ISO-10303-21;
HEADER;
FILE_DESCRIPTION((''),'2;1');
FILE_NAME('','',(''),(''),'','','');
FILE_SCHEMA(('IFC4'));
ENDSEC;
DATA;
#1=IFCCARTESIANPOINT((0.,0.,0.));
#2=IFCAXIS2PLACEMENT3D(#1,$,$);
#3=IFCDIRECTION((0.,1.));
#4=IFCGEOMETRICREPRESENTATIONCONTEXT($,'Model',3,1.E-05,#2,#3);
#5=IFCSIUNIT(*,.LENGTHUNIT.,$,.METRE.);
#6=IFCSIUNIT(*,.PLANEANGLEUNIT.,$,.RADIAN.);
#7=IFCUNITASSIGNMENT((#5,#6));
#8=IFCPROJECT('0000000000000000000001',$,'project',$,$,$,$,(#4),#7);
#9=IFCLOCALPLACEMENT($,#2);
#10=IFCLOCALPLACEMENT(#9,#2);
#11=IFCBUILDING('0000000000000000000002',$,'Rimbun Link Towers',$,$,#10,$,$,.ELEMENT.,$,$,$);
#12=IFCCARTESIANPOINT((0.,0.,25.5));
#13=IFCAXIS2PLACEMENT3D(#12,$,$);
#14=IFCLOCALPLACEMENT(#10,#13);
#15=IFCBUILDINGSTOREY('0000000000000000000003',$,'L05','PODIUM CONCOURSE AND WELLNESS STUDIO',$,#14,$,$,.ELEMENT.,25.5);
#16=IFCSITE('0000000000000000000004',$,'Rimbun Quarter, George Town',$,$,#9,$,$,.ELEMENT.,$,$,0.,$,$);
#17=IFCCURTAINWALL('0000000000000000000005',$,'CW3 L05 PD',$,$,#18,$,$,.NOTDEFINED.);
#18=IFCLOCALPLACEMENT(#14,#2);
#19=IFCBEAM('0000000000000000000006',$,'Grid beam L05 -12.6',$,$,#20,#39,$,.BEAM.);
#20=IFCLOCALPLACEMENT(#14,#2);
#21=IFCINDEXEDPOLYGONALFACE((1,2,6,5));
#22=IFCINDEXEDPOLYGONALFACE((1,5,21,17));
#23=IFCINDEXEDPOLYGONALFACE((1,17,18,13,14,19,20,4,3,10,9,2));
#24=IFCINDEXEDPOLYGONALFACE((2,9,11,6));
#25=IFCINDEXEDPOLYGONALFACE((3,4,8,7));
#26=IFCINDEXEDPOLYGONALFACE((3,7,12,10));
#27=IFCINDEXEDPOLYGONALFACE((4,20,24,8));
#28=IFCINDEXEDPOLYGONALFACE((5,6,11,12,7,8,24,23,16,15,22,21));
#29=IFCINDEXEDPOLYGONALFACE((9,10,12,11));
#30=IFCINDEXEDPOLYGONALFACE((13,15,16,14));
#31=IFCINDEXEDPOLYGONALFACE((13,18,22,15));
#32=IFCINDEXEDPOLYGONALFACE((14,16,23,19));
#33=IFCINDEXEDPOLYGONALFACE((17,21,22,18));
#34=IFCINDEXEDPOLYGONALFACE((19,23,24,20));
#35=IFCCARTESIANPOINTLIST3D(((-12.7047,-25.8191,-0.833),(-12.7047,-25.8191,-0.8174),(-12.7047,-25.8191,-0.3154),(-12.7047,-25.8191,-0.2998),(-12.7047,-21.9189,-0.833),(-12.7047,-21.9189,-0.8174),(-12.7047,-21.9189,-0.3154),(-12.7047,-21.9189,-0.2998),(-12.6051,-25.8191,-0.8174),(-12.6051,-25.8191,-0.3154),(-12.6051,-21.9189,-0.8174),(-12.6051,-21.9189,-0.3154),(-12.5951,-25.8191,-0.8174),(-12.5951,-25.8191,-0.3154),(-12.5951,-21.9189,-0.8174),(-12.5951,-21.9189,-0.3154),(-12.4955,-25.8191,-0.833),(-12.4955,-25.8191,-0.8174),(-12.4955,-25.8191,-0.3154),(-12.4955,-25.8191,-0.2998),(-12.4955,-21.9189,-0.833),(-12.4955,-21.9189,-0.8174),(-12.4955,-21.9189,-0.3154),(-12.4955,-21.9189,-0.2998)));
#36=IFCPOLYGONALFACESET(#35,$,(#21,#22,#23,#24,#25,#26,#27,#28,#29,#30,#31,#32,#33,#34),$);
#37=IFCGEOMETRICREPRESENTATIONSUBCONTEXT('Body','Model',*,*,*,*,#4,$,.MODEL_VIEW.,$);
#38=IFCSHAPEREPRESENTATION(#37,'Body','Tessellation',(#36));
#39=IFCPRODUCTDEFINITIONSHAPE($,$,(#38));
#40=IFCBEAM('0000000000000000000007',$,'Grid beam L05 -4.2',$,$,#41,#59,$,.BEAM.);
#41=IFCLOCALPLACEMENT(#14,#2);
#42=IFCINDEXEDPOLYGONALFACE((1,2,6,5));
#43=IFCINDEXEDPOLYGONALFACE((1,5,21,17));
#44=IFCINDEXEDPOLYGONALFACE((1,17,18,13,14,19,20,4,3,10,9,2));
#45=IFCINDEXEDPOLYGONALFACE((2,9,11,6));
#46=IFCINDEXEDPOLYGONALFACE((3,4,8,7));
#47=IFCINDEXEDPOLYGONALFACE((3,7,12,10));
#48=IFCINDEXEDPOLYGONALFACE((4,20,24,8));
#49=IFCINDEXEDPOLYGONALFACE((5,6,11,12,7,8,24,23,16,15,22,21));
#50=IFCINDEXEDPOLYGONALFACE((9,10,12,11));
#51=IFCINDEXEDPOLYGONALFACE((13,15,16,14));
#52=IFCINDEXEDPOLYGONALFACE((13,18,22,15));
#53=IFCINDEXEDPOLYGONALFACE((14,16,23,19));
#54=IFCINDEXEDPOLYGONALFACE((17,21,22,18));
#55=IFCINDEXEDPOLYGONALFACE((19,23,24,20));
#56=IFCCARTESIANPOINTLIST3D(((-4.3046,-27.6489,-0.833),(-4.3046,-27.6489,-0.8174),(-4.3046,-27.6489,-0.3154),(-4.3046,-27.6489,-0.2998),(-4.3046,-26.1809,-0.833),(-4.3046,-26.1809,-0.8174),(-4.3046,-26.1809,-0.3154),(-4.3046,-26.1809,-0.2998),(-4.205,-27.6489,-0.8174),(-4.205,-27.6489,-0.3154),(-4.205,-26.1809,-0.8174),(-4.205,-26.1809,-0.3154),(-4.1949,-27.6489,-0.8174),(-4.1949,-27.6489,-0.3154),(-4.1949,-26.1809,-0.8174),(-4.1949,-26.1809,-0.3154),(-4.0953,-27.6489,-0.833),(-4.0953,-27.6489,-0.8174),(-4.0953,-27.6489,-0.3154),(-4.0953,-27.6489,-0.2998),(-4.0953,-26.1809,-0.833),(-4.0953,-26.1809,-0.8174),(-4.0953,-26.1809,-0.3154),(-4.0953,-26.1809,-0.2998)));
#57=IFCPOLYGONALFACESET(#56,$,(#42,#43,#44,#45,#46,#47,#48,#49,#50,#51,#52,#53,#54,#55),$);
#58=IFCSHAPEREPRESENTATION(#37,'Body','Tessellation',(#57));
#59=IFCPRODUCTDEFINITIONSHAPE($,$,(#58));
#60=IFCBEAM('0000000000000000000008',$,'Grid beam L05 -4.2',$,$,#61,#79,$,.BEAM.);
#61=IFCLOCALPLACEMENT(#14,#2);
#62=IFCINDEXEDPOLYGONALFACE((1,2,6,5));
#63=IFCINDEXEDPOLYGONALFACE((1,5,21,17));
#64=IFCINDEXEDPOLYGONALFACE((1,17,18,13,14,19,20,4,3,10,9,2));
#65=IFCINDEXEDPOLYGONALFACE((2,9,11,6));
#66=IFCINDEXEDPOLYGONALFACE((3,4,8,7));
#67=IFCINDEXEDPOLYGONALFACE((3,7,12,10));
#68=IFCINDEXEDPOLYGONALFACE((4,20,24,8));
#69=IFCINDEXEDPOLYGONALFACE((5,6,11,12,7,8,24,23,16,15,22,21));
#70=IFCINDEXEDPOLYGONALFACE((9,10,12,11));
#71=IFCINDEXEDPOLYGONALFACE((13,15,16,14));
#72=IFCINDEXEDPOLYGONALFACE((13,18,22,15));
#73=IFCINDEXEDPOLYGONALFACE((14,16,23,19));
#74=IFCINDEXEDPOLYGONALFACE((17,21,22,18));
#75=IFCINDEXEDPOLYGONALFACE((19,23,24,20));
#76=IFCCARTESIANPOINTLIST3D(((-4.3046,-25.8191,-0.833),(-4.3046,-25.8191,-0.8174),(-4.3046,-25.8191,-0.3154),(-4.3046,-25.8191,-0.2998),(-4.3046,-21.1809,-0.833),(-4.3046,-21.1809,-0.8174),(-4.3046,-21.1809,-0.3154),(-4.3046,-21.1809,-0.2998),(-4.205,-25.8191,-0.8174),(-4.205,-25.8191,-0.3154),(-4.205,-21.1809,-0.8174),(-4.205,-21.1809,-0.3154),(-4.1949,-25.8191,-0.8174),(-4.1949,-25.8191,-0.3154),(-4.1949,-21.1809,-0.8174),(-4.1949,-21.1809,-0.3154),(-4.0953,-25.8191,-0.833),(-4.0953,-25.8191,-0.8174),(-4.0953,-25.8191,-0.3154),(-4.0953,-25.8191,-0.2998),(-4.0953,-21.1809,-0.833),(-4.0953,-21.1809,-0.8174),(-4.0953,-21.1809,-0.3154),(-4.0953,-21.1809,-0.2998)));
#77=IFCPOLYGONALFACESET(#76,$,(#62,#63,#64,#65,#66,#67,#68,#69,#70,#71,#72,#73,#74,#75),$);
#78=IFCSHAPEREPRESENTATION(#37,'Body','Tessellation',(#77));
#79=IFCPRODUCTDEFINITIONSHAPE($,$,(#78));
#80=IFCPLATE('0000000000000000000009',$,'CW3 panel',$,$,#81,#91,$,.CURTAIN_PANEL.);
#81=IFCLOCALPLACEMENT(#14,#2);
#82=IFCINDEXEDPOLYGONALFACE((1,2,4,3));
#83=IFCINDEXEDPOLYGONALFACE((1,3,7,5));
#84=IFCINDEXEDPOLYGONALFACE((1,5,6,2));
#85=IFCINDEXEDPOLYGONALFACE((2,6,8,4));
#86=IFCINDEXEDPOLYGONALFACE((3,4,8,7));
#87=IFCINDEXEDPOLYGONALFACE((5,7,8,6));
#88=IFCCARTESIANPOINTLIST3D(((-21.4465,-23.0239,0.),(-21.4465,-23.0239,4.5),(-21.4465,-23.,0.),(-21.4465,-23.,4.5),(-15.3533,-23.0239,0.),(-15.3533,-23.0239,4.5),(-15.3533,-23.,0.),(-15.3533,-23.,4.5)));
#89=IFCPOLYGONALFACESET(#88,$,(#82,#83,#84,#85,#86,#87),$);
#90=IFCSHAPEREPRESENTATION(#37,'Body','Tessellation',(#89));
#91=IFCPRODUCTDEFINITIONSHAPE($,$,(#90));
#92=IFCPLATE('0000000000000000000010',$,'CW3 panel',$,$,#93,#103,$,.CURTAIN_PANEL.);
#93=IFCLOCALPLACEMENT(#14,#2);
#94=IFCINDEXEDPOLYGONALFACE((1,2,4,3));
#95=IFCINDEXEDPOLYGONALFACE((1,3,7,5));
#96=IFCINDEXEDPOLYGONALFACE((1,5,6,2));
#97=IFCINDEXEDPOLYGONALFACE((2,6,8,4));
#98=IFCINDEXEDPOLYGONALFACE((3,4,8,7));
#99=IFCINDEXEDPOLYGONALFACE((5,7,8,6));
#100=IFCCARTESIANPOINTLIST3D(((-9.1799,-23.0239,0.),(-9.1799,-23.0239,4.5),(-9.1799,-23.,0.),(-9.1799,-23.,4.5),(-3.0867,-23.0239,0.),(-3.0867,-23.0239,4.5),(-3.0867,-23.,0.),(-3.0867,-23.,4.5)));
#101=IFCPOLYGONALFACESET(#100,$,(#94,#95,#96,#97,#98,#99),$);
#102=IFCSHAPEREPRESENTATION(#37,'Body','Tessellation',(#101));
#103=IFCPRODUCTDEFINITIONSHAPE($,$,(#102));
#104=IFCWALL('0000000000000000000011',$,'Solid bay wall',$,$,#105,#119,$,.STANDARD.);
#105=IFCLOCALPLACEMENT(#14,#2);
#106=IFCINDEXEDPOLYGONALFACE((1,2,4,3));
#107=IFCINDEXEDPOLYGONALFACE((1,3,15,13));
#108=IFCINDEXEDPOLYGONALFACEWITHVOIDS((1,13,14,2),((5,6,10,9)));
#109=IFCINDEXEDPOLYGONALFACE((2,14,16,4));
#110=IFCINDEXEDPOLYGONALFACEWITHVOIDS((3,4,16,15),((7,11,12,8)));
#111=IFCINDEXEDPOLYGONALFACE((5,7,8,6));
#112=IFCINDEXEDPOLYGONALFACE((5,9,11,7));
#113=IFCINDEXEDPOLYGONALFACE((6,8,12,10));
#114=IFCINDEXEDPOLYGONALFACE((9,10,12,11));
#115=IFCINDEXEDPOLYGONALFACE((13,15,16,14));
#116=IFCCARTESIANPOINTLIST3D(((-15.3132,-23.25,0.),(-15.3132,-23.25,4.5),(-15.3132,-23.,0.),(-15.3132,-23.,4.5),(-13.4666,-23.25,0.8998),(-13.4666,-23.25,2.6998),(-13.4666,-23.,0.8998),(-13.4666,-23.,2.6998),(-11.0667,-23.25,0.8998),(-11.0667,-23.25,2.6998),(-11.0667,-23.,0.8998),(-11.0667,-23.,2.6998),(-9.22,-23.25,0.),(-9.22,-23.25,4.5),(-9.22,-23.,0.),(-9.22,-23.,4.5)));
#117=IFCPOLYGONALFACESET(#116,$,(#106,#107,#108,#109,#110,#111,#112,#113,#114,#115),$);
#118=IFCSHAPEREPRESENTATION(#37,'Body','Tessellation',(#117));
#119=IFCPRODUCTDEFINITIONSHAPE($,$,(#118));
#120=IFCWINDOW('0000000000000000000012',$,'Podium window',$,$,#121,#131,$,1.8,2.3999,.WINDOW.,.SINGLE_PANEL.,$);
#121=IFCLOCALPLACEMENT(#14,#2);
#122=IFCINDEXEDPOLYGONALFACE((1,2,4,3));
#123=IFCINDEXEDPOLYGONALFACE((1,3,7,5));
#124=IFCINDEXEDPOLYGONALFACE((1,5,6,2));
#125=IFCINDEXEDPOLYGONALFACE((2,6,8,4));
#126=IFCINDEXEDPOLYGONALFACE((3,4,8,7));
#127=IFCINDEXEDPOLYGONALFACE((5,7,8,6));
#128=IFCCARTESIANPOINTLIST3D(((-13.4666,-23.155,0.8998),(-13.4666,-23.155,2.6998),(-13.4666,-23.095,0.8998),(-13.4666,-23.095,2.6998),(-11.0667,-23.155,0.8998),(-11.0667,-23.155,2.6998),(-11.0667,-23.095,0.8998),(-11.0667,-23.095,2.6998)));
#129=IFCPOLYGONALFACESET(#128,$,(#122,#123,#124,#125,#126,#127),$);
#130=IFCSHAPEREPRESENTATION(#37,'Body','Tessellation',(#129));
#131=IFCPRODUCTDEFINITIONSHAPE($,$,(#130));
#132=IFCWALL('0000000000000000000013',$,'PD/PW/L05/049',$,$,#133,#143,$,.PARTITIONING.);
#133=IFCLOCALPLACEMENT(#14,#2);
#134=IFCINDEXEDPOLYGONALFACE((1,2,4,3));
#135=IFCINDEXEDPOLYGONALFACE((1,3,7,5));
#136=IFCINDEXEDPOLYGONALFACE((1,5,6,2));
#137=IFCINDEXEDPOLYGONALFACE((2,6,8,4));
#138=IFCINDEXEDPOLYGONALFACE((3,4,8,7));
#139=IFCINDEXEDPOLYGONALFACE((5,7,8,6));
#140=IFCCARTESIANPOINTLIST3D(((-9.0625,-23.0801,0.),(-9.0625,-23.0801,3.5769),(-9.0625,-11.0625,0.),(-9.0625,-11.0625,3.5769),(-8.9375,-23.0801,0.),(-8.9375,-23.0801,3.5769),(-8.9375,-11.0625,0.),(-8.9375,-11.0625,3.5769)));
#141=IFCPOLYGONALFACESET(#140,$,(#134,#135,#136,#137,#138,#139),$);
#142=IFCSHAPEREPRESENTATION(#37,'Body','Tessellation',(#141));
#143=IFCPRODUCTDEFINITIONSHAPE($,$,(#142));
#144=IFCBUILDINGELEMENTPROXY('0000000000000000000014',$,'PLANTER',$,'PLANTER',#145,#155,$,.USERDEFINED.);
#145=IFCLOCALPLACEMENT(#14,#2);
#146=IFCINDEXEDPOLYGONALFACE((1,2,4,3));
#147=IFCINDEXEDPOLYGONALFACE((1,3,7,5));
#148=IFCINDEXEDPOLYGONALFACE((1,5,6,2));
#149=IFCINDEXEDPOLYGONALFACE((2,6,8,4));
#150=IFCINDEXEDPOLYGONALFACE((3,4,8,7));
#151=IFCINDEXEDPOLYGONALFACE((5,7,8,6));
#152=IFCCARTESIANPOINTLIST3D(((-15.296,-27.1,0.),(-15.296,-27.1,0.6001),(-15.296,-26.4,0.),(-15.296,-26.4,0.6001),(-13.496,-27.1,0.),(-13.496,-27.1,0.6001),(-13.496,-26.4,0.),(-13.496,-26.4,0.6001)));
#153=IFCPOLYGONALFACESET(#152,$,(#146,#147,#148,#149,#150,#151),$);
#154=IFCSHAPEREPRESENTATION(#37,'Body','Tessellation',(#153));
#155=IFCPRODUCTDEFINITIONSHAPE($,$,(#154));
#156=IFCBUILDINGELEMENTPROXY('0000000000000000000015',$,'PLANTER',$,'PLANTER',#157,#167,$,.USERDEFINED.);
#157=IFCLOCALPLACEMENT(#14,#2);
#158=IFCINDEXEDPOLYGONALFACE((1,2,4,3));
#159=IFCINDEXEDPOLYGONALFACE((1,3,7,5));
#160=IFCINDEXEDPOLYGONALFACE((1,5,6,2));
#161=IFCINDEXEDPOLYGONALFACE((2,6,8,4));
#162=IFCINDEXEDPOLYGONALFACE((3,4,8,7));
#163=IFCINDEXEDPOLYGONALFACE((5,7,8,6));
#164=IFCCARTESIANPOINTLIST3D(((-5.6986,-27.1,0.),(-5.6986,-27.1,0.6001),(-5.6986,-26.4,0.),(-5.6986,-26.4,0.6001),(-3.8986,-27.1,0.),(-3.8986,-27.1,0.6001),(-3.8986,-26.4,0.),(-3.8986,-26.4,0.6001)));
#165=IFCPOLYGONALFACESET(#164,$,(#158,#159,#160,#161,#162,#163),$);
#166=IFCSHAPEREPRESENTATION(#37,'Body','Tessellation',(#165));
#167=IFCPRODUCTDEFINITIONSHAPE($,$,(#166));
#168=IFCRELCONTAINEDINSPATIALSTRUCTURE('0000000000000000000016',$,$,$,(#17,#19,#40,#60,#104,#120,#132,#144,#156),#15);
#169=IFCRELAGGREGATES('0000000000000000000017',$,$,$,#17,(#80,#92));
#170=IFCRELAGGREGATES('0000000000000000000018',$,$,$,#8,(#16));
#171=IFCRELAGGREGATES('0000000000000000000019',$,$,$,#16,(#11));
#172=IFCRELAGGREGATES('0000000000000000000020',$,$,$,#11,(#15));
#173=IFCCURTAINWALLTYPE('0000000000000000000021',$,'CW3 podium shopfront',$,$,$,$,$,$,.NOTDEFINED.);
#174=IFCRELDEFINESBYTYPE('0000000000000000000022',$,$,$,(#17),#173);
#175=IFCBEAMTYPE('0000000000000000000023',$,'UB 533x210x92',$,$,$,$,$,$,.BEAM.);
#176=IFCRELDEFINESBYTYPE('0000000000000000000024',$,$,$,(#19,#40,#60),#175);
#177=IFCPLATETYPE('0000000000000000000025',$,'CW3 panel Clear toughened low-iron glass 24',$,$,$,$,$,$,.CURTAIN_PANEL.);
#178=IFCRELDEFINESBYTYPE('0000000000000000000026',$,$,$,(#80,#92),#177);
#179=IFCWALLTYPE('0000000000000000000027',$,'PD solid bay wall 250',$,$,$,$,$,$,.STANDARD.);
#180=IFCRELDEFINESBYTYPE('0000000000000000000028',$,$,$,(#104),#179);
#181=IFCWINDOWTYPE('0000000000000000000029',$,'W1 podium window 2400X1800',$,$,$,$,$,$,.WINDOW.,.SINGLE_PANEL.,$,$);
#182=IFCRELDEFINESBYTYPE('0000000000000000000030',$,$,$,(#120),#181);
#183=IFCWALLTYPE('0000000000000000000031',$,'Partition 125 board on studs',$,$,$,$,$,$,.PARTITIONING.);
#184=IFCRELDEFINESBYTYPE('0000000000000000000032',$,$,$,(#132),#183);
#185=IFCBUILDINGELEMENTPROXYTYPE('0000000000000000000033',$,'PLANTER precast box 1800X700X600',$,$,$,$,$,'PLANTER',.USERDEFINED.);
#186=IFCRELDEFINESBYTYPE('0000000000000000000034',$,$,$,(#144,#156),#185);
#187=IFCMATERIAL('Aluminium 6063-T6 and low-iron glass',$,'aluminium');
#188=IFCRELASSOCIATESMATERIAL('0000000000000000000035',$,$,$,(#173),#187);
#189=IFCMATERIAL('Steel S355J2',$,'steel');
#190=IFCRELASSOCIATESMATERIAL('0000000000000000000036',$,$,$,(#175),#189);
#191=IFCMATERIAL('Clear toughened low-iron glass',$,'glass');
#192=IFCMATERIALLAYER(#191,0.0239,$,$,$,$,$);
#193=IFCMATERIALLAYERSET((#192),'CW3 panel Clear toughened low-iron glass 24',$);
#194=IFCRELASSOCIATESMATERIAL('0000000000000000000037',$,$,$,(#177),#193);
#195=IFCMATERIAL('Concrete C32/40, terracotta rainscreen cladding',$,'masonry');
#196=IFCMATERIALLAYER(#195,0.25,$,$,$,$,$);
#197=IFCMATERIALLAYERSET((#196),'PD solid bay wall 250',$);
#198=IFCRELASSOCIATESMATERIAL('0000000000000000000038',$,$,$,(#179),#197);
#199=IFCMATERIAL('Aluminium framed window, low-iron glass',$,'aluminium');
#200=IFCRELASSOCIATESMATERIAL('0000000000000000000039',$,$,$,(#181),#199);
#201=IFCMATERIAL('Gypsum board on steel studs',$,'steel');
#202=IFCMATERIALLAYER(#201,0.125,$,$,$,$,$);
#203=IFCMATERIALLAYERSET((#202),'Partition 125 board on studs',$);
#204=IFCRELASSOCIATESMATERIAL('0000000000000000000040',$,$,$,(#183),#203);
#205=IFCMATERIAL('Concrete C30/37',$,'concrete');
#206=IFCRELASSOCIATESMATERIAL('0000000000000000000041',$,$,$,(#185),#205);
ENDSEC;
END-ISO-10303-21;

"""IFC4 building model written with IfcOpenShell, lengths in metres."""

from ifc_helpers import new_model, si_unit, direction, frame, frame_2d, origin, origin_2d, place, context, subcontext, project, spatial, rectangle, i_section, extrude, material, layer, layer_set, material_profile, profile_set, type_object, element, fill, aggregate, save


model = new_model("IFC4")

# Units and contexts
model_context = context("Model", 3, precision=1e-05, world=origin(), true_north=direction((0.0, 1.0)))
body_context = subcontext(model_context, "Body", "Model", "MODEL_VIEW")
ifc_project = project(units=[si_unit("LENGTHUNIT", "METRE"), si_unit("PLANEANGLEUNIT", "RADIAN")], contexts=[model_context])

# Site, building, storey
site_placement = place(None, origin())
site = spatial("IfcSite", under=ifc_project, at=site_placement, Name="Rimbun Quarter, George Town", CompositionType="ELEMENT", RefElevation=0.0)
building_placement = place(site_placement, origin())
building = spatial("IfcBuilding", under=site, at=building_placement, Name="Rimbun Link Towers", CompositionType="ELEMENT")
storey_placement = place(building_placement, frame((0.0, 0.0, 25.5)))
storey = spatial("IfcBuildingStorey", under=building, at=storey_placement, Name="L05", Description="PODIUM CONCOURSE AND WELLNESS STUDIO", CompositionType="ELEMENT", Elevation=25.5)

# Curtain wall
ifc_material_1 = material(Name="Aluminium 6063-T6 and low-iron glass", Category="aluminium")
curtain_wall_type = type_object("IfcCurtainWallType", Name="CW3 podium shopfront", PredefinedType="NOTDEFINED", material=ifc_material_1)
curtain_wall_placement = place(storey_placement, origin())
curtain_wall = element("IfcCurtainWall", 1, at=curtain_wall_placement, inside=storey, type_object=curtain_wall_type, Name="CW3 L05 PD", PredefinedType="NOTDEFINED")

# Beams
ifc_material_2 = material(Name="Steel S355J2", Category="steel")
ifc_material_profile_1 = material_profile(ifc_material_2, i_section(OverallWidth=0.2092, OverallDepth=0.5332, WebThickness=0.01, FlangeThickness=0.0156, at=origin_2d()), Name="UB 533x210x92")
ifc_profile_set_1 = profile_set([ifc_material_profile_1], Name="Steel S355J2")
beam_type = type_object("IfcBeamType", Name="UB 533x210x92", PredefinedType="BEAM", material=ifc_profile_set_1)
beam_1_placement = place(storey_placement, frame((-12.6001, -25.8191, -0.5664), z_axis=(0.0, 1.0, 0.0), x_axis=(-1.0, 0.0, 0.0)))
element("IfcBeam", 2, at=beam_1_placement, inside=storey, type_object=beam_type, Name="Grid beam L05 -12.6", PredefinedType="BEAM", context=body_context, shape_type="SweptSolid", body=[
    extrude(i_section(OverallWidth=0.2092, OverallDepth=0.5332, WebThickness=0.01, FlangeThickness=0.0156, at=origin_2d()), origin(), (0.0, 0.0, 1.0), 3.9001),
])
beam_2_placement = place(storey_placement, frame((-4.2, -27.6489, -0.5664), z_axis=(0.0, 1.0, 0.0), x_axis=(-1.0, 0.0, 0.0)))
element("IfcBeam", 3, at=beam_2_placement, inside=storey, type_object=beam_type, Name="Grid beam L05 -4.2", PredefinedType="BEAM", context=body_context, shape_type="SweptSolid", body=[
    extrude(i_section(OverallWidth=0.2092, OverallDepth=0.5332, WebThickness=0.01, FlangeThickness=0.0156, at=origin_2d()), origin(), (0.0, 0.0, 1.0), 1.468),
])
beam_3_placement = place(storey_placement, frame((-4.2, -25.8191, -0.5664), z_axis=(0.0, 1.0, 0.0), x_axis=(-1.0, 0.0, 0.0)))
element("IfcBeam", 4, at=beam_3_placement, inside=storey, type_object=beam_type, Name="Grid beam L05 -4.2", PredefinedType="BEAM", context=body_context, shape_type="SweptSolid", body=[
    extrude(i_section(OverallWidth=0.2092, OverallDepth=0.5332, WebThickness=0.01, FlangeThickness=0.0156, at=origin_2d()), origin(), (0.0, 0.0, 1.0), 4.6382),
])

# Plates
ifc_material_3 = material(Name="Clear toughened low-iron glass", Category="glass")
ifc_layer_1 = layer(ifc_material_3, 0.0239)
ifc_layer_set_1 = layer_set([ifc_layer_1], Name="CW3 panel Clear toughened low-iron glass 24")
plate_type = type_object("IfcPlateType", Name="CW3 panel Clear toughened low-iron glass 24", PredefinedType="CURTAIN_PANEL", material=ifc_layer_set_1)
plate_1_placement = place(storey_placement, frame((-18.3999, -23.012, 0.0), z_axis=(0.0, 0.0, 1.0), x_axis=(-1.0, 0.0, 0.0)))
plate_1 = element("IfcPlate", 5, at=plate_1_placement, type_object=plate_type, Name="CW3 panel", PredefinedType="CURTAIN_PANEL", context=body_context, shape_type="SweptSolid", body=[
    extrude(rectangle(XDim=6.0933, YDim=0.0239, at=origin_2d()), origin(), (0.0, 0.0, 1.0), 4.5),
])
plate_2_placement = place(storey_placement, frame((-6.1333, -23.012, 0.0), z_axis=(0.0, 0.0, 1.0), x_axis=(-1.0, 0.0, 0.0)))
plate_2 = element("IfcPlate", 6, at=plate_2_placement, type_object=plate_type, Name="CW3 panel", PredefinedType="CURTAIN_PANEL", context=body_context, shape_type="SweptSolid", body=[
    extrude(rectangle(XDim=6.0933, YDim=0.0239, at=origin_2d()), origin(), (0.0, 0.0, 1.0), 4.5),
])
aggregate(curtain_wall, [plate_1, plate_2])

# Wall, opening, window
ifc_material_4 = material(Name="Concrete C32/40, terracotta rainscreen cladding", Category="masonry")
ifc_layer_2 = layer(ifc_material_4, 0.25)
ifc_layer_set_2 = layer_set([ifc_layer_2], Name="PD solid bay wall 250")
wall_type_1 = type_object("IfcWallType", Name="PD solid bay wall 250", PredefinedType="STANDARD", material=ifc_layer_set_2)
wall_1_placement = place(storey_placement, frame((-9.22, -23.125, 0.0), z_axis=(0.0, 0.0, 1.0), x_axis=(-1.0, 0.0, 0.0)))
wall_1 = element("IfcWall", 7, at=wall_1_placement, inside=storey, type_object=wall_type_1, Name="Solid bay wall", PredefinedType="STANDARD", context=body_context, shape_type="SweptSolid", body=[
    extrude(rectangle(XDim=6.0933, YDim=0.25, at=frame_2d((3.0466, 0.0))), origin(), (0.0, 0.0, 1.0), 4.5),
])
opening_placement = place(wall_1_placement, frame((1.8467, 0.0, 0.8999)))
opening = element("IfcOpeningElement", 8, at=opening_placement, cuts=wall_1, PredefinedType="OPENING", context=body_context, shape_type="SweptSolid", body=[
    extrude(rectangle(XDim=2.3999, YDim=1.8, at=frame_2d((1.2, 0.8999))), frame((0.0, 0.135, 0.0), z_axis=(0.0, -1.0, 0.0), x_axis=(1.0, 0.0, 0.0)), (0.0, 0.0, 1.0), 0.27),
])
ifc_material_5 = material(Name="Aluminium framed window, low-iron glass", Category="aluminium")
window_type = type_object("IfcWindowType", Name="W1 podium window 2400X1800", PartitioningType="SINGLE_PANEL", PredefinedType="WINDOW", material=ifc_material_5)
window_placement = place(opening_placement, origin())
window = element("IfcWindow", 9, at=window_placement, inside=storey, type_object=window_type, Name="Podium window", OverallHeight=1.8, OverallWidth=2.3999, PartitioningType="SINGLE_PANEL", PredefinedType="WINDOW", context=body_context, shape_type="SweptSolid", body=[
    extrude(rectangle(XDim=2.3999, YDim=1.8, at=frame_2d((1.2, 0.8999))), frame((0.0, 0.03, 0.0), z_axis=(0.0, -1.0, 0.0), x_axis=(1.0, 0.0, 0.0)), (0.0, 0.0, 1.0), 0.0601),
])
fill(opening, window)

# Wall
ifc_material_6 = material(Name="Gypsum board on steel studs", Category="steel")
ifc_layer_3 = layer(ifc_material_6, 0.125)
ifc_layer_set_3 = layer_set([ifc_layer_3], Name="Partition 125 board on studs")
wall_type_2 = type_object("IfcWallType", Name="Partition 125 board on studs", PredefinedType="PARTITIONING", material=ifc_layer_set_3)
wall_2_placement = place(storey_placement, frame((-9.0, -23.0801, 0.0), z_axis=(0.0, 0.0, 1.0), x_axis=(0.0, 1.0, 0.0)))
element("IfcWall", 10, at=wall_2_placement, inside=storey, type_object=wall_type_2, Name="PD/PW/L05/049", PredefinedType="PARTITIONING", context=body_context, shape_type="SweptSolid", body=[
    extrude(rectangle(XDim=12.0176, YDim=0.125, at=frame_2d((6.0088, 0.0))), origin(), (0.0, 0.0, 1.0), 3.5769),
])

# Building element proxies
ifc_material_7 = material(Name="Concrete C30/37", Category="concrete")
building_element_proxy_type = type_object("IfcBuildingElementProxyType", Name="PLANTER precast box 1800X700X600", ElementType="PLANTER", PredefinedType="USERDEFINED", material=ifc_material_7)
for number, where, z_axis, x_axis, name in (
    (11, (-14.396, -26.75, 0.0), (0.0, 0.0, 1.0), (1.0, 0.0, 0.0), "PLANTER"),
    (12, (-4.7986, -26.75, 0.0), (0.0, 0.0, 1.0), (1.0, 0.0, 0.0), "PLANTER"),
):
    element("IfcBuildingElementProxy", number, at=place(storey_placement, frame(where, z_axis=z_axis, x_axis=x_axis)), inside=storey, type_object=building_element_proxy_type, Name=name, ObjectType="PLANTER", PredefinedType="USERDEFINED", context=body_context, shape_type="SweptSolid", body=[
        extrude(rectangle(XDim=1.8, YDim=0.7, at=origin_2d()), origin(), (0.0, 0.0, 1.0), 0.6001),
    ])

save(model, "model.ifc")
